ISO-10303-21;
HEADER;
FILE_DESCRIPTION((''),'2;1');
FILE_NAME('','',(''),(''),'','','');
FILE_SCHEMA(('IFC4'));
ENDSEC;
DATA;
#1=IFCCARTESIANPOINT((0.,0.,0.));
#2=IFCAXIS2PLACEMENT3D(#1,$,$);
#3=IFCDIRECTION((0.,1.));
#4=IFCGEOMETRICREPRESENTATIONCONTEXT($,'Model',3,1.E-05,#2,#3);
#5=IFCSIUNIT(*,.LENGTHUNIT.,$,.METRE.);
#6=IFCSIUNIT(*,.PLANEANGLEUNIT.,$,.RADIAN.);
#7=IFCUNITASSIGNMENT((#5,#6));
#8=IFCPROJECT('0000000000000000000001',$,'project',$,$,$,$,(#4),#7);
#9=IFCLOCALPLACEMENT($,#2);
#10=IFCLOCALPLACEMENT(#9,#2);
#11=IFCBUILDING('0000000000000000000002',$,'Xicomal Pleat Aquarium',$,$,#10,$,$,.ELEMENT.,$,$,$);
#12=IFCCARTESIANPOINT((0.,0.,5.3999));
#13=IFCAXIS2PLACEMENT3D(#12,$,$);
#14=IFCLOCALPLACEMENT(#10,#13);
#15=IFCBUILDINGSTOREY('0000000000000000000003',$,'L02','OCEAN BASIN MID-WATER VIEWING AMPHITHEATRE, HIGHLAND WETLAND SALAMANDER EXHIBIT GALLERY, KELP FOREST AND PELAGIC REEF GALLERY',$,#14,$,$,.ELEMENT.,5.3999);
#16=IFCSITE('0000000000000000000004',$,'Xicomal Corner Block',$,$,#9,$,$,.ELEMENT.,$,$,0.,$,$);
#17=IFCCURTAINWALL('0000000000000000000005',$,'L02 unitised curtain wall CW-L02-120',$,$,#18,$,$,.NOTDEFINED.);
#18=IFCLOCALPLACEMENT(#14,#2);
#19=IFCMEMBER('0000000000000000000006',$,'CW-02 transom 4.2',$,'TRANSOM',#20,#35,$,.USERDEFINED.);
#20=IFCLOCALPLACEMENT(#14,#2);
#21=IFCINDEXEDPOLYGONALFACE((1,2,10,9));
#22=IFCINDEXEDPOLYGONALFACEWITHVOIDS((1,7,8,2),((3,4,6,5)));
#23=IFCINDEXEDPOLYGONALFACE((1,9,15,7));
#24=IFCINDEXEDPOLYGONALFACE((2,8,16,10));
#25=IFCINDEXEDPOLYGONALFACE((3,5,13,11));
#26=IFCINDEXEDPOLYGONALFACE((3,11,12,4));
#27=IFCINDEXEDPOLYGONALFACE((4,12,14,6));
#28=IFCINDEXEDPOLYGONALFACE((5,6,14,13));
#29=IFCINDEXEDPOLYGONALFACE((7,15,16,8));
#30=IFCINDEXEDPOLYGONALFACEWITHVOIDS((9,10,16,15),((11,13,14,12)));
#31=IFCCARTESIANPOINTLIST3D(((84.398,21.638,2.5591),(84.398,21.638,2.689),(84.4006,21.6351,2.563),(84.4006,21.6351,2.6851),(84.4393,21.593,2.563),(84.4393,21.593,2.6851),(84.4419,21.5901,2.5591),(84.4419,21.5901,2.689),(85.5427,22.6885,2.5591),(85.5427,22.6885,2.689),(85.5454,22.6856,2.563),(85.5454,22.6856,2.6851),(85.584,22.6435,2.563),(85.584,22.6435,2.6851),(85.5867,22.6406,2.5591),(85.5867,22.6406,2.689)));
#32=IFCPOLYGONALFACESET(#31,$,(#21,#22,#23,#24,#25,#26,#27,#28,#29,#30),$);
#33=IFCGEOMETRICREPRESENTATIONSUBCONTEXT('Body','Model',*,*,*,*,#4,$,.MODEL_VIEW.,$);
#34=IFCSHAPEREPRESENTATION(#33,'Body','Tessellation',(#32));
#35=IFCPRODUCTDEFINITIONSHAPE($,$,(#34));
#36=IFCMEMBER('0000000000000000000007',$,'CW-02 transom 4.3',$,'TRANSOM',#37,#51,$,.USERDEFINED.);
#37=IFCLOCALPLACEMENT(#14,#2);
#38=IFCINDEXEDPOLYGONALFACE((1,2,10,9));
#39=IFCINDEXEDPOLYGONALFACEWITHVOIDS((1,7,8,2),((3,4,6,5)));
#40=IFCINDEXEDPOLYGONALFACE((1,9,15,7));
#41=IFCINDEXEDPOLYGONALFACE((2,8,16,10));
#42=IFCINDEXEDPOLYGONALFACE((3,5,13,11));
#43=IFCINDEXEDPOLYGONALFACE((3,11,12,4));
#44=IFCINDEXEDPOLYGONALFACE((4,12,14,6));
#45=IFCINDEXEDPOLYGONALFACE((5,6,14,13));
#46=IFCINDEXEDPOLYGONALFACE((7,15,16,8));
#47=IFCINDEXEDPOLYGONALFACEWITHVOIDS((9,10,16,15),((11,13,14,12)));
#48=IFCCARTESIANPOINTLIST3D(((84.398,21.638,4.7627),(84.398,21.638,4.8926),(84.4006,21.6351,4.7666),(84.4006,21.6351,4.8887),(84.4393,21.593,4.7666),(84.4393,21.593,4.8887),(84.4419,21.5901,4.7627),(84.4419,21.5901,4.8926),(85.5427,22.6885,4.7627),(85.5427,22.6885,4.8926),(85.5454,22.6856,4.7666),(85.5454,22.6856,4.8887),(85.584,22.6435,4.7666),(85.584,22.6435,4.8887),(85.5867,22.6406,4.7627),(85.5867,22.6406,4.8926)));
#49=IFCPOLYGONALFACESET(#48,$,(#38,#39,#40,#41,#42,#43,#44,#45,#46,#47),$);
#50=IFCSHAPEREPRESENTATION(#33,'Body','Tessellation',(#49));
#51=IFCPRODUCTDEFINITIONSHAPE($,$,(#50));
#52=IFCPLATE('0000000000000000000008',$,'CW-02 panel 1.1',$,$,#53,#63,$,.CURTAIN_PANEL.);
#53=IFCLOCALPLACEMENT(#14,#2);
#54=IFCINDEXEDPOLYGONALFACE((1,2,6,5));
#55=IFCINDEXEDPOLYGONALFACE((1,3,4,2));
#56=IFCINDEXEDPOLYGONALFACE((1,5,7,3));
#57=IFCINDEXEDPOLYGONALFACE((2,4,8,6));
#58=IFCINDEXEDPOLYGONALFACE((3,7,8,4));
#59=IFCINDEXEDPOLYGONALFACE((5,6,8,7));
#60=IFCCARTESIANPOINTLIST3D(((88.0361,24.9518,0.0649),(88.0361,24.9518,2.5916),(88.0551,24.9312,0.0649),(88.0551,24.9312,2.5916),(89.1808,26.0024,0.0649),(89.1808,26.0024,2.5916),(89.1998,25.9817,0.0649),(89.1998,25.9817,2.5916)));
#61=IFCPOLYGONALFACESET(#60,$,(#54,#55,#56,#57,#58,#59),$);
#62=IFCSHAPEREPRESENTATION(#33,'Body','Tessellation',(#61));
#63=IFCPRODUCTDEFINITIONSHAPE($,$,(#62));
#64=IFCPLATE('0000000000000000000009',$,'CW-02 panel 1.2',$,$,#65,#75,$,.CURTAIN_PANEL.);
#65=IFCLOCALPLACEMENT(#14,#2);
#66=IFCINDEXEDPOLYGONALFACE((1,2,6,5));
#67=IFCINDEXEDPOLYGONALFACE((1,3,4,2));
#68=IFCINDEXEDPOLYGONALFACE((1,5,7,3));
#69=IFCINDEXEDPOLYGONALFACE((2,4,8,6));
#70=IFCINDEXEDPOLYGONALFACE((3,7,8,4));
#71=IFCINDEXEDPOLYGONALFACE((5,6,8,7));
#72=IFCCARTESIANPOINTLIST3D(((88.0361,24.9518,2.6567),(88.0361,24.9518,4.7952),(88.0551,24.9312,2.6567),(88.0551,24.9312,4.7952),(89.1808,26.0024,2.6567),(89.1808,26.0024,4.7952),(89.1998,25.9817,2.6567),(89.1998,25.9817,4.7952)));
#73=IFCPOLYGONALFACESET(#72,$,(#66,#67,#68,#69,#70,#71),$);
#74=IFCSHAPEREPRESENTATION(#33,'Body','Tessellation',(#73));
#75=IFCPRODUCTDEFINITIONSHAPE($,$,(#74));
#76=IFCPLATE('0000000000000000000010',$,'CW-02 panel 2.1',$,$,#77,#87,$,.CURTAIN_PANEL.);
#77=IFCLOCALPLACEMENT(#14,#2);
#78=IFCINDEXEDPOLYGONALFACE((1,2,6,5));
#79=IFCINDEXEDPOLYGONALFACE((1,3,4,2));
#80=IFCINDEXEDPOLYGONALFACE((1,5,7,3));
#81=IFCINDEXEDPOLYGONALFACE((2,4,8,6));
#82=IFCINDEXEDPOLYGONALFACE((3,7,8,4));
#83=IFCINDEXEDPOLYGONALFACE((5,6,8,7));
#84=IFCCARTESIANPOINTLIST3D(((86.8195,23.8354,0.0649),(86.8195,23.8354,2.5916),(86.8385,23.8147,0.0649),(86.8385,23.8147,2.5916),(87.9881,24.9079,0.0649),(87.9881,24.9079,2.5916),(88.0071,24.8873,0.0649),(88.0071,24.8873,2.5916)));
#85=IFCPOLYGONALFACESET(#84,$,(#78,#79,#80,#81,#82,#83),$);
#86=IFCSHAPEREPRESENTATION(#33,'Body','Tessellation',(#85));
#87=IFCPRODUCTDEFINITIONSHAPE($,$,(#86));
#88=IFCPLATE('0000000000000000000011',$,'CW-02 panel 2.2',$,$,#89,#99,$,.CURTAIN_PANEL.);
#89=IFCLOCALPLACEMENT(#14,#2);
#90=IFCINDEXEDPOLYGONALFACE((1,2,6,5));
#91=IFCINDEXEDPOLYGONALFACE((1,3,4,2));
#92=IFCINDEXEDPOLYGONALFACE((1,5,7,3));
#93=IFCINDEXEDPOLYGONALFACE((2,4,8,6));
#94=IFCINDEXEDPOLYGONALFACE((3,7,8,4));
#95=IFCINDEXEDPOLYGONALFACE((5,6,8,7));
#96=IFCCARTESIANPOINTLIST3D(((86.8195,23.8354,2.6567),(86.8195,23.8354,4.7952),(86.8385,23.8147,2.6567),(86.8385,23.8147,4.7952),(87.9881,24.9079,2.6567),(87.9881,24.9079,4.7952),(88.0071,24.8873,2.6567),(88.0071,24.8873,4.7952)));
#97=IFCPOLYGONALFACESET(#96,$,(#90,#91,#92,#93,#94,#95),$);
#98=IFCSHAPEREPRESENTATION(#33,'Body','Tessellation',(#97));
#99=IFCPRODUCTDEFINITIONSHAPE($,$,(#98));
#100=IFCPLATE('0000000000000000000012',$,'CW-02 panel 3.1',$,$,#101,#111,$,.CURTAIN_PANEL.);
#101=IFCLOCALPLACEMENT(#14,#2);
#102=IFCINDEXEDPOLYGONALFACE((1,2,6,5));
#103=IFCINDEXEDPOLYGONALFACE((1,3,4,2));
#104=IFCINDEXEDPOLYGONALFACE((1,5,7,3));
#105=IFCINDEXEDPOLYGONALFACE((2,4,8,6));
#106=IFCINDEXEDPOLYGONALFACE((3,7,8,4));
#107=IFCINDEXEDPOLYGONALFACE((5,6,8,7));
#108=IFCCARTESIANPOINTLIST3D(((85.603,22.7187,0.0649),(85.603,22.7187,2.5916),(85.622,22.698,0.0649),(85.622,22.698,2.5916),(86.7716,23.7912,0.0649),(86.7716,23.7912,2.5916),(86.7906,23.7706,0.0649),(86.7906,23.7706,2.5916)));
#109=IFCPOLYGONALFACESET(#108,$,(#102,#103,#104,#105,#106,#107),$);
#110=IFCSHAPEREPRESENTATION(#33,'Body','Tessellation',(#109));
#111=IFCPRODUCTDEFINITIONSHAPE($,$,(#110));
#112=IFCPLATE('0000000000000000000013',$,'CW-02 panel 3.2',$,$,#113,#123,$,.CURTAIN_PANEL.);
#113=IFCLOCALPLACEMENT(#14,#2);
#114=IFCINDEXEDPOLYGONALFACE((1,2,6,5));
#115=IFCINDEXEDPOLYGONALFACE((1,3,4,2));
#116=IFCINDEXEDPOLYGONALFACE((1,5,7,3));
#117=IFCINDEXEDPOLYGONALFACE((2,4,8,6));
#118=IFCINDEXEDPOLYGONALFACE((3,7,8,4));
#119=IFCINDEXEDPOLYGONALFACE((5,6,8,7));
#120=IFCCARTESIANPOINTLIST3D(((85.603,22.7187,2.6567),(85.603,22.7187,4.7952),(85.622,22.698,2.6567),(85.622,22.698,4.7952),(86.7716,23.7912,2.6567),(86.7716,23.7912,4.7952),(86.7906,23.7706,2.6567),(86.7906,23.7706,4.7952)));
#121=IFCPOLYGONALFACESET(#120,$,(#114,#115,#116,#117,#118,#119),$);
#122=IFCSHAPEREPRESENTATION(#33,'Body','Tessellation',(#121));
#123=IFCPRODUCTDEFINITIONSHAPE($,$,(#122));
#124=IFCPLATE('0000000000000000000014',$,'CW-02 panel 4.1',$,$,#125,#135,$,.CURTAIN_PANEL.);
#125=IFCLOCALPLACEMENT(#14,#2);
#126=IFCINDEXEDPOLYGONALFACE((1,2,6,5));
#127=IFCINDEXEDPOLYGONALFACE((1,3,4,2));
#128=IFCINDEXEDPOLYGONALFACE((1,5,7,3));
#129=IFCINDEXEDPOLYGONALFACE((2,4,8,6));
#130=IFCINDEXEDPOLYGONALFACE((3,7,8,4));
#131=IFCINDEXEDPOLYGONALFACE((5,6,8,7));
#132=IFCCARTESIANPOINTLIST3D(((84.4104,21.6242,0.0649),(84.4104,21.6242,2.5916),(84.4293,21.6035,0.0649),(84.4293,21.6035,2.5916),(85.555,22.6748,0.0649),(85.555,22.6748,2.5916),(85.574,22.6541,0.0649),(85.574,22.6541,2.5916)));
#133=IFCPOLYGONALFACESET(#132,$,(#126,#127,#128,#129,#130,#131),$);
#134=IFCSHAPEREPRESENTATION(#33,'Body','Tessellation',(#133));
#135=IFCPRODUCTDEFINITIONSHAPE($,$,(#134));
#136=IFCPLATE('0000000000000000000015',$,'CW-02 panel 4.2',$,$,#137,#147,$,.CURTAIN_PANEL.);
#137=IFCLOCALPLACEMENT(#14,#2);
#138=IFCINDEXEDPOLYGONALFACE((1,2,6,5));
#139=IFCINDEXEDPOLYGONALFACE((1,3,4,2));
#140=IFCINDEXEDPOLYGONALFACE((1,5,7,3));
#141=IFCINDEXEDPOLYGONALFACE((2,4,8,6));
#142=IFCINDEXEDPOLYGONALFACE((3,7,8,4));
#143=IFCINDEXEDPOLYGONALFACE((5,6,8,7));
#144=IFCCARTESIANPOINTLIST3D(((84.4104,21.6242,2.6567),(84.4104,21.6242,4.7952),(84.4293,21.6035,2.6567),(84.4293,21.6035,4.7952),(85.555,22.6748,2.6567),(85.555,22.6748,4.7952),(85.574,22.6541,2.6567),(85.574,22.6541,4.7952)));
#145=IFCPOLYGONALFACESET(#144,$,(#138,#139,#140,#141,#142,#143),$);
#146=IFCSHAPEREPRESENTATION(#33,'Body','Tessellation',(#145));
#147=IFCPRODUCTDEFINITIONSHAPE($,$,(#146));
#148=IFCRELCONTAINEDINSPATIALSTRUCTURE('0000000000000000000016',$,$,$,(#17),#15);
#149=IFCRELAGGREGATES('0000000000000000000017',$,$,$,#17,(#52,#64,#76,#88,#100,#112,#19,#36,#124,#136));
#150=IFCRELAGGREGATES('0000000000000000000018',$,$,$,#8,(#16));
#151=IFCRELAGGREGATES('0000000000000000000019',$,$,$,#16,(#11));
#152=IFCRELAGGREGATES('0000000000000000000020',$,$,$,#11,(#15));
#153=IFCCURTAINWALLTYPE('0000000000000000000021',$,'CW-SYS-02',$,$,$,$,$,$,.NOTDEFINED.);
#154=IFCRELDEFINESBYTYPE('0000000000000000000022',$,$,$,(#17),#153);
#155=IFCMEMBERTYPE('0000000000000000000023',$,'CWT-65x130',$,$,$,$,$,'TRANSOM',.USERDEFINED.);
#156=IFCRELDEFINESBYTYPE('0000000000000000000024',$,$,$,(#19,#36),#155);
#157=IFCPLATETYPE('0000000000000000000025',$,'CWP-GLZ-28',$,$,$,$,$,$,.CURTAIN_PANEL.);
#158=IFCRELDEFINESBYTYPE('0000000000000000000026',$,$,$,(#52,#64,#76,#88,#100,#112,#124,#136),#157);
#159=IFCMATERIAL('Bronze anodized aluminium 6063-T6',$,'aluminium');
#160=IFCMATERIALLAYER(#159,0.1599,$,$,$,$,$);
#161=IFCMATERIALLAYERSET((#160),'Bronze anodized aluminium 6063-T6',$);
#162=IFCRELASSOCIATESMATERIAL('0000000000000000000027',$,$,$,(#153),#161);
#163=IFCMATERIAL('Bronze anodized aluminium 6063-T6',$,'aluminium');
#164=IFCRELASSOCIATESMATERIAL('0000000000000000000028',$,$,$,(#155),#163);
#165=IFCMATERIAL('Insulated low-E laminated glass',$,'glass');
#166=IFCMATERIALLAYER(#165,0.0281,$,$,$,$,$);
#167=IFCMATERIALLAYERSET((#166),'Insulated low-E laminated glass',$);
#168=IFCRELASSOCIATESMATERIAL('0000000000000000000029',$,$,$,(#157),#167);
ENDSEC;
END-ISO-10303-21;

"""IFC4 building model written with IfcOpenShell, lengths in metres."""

from ifc_helpers import new_model, si_unit, direction, frame, origin, origin_2d, place, context, subcontext, project, spatial, rectangle, hollow_rectangle, extrude, material, layer, layer_set, material_profile, profile_set, type_object, element, aggregate, save


model = new_model("IFC4")

# Units and contexts
model_context = context("Model", 3, precision=1e-05, world=origin(), true_north=direction((0.0, 1.0)))
body_context = subcontext(model_context, "Body", "Model", "MODEL_VIEW")
ifc_project = project(units=[si_unit("LENGTHUNIT", "METRE"), si_unit("PLANEANGLEUNIT", "RADIAN")], contexts=[model_context])

# Site, building, storey
site_placement = place(None, origin())
site = spatial("IfcSite", under=ifc_project, at=site_placement, Name="Xicomal Corner Block", CompositionType="ELEMENT", RefElevation=0.0)
building_placement = place(site_placement, origin())
building = spatial("IfcBuilding", under=site, at=building_placement, Name="Xicomal Pleat Aquarium", CompositionType="ELEMENT")
storey_placement = place(building_placement, frame((0.0, 0.0, 5.3999)))
storey = spatial("IfcBuildingStorey", under=building, at=storey_placement, Name="L02", Description="OCEAN BASIN MID-WATER VIEWING AMPHITHEATRE, HIGHLAND WETLAND SALAMANDER EXHIBIT GALLERY, KELP FOREST AND PELAGIC REEF GALLERY", CompositionType="ELEMENT", Elevation=5.3999)

# Curtain wall, members, plates
ifc_material_1 = material(Name="Bronze anodized aluminium 6063-T6", Category="aluminium")
ifc_layer_1 = layer(ifc_material_1, 0.1599)
ifc_layer_set_1 = layer_set([ifc_layer_1], Name="Bronze anodized aluminium 6063-T6")
curtain_wall_type = type_object("IfcCurtainWallType", Name="CW-SYS-02", PredefinedType="NOTDEFINED", material=ifc_layer_set_1)
curtain_wall_placement = place(storey_placement, origin())
curtain_wall = element("IfcCurtainWall", 1, at=curtain_wall_placement, inside=storey, type_object=curtain_wall_type, Name="L02 unitised curtain wall CW-L02-120", PredefinedType="NOTDEFINED")
ifc_material_2 = material(Name="Bronze anodized aluminium 6063-T6", Category="aluminium")
ifc_material_profile_1 = material_profile(ifc_material_2, hollow_rectangle(XDim=0.0649, YDim=0.1299, WallThickness=0.0039, at=origin_2d()), Name="ALU TRAN 65x130")
ifc_profile_set_1 = profile_set([ifc_material_profile_1], Name="Bronze anodized aluminium 6063-T6")
member_type_1 = type_object("IfcMemberType", Name="CWT-65x130", ElementType="TRANSOM", PredefinedType="USERDEFINED", material=ifc_profile_set_1)
member_1_placement = place(storey_placement, frame((85.5647, 22.6646, 2.624), z_axis=(-0.736782, -0.67613, 0.0), x_axis=(0.67613, -0.736782, 0.0)))
member_1 = element("IfcMember", 2, at=member_1_placement, type_object=member_type_1, Name="CW-02 transom 4.2", ObjectType="TRANSOM", PredefinedType="USERDEFINED", context=body_context, shape_type="SweptSolid", body=[
    extrude(hollow_rectangle(XDim=0.0649, YDim=0.1299, WallThickness=0.0039, at=origin_2d()), origin(), (0.0, 0.0, 1.0), 1.5537),
])
member_2_placement = place(storey_placement, frame((85.5647, 22.6646, 4.8276), z_axis=(-0.736782, -0.67613, 0.0), x_axis=(0.67613, -0.736782, 0.0)))
member_2 = element("IfcMember", 3, at=member_2_placement, type_object=member_type_1, Name="CW-02 transom 4.3", ObjectType="TRANSOM", PredefinedType="USERDEFINED", context=body_context, shape_type="SweptSolid", body=[
    extrude(hollow_rectangle(XDim=0.0649, YDim=0.1299, WallThickness=0.0039, at=origin_2d()), origin(), (0.0, 0.0, 1.0), 1.5537),
])
ifc_material_3 = material(Name="Insulated low-E laminated glass", Category="glass")
ifc_layer_2 = layer(ifc_material_3, 0.0281)
ifc_layer_set_2 = layer_set([ifc_layer_2], Name="Insulated low-E laminated glass")
plate_type = type_object("IfcPlateType", Name="CWP-GLZ-28", PredefinedType="CURTAIN_PANEL", material=ifc_layer_set_2)
plate_1_placement = place(storey_placement, frame((88.6179, 25.4668, 0.0649), z_axis=(0.0, 0.0, 1.0), x_axis=(-0.736739, -0.676177, 0.0)))
plate_1 = element("IfcPlate", 4, at=plate_1_placement, type_object=plate_type, Name="CW-02 panel 1.1", PredefinedType="CURTAIN_PANEL", context=body_context, shape_type="SweptSolid", body=[
    extrude(rectangle(XDim=1.5537, YDim=0.0281, at=origin_2d()), origin(), (0.0, 0.0, 1.0), 2.5266),
])
plate_2_placement = place(storey_placement, frame((88.6179, 25.4668, 2.6567), z_axis=(0.0, 0.0, 1.0), x_axis=(-0.736739, -0.676177, 0.0)))
plate_2 = element("IfcPlate", 5, at=plate_2_placement, type_object=plate_type, Name="CW-02 panel 1.2", PredefinedType="CURTAIN_PANEL", context=body_context, shape_type="SweptSolid", body=[
    extrude(rectangle(XDim=1.5537, YDim=0.0281, at=origin_2d()), origin(), (0.0, 0.0, 1.0), 2.1384),
])
plate_3_placement = place(storey_placement, frame((87.4133, 24.3613, 0.0649), z_axis=(0.0, 0.0, 1.0), x_axis=(-0.736739, -0.676177, 0.0)))
plate_3 = element("IfcPlate", 6, at=plate_3_placement, type_object=plate_type, Name="CW-02 panel 2.1", PredefinedType="CURTAIN_PANEL", context=body_context, shape_type="SweptSolid", body=[
    extrude(rectangle(XDim=1.5862, YDim=0.0281, at=origin_2d()), origin(), (0.0, 0.0, 1.0), 2.5266),
])
plate_4_placement = place(storey_placement, frame((87.4133, 24.3613, 2.6567), z_axis=(0.0, 0.0, 1.0), x_axis=(-0.736739, -0.676177, 0.0)))
plate_4 = element("IfcPlate", 7, at=plate_4_placement, type_object=plate_type, Name="CW-02 panel 2.2", PredefinedType="CURTAIN_PANEL", context=body_context, shape_type="SweptSolid", body=[
    extrude(rectangle(XDim=1.5862, YDim=0.0281, at=origin_2d()), origin(), (0.0, 0.0, 1.0), 2.1384),
])
plate_5_placement = place(storey_placement, frame((86.1968, 23.2446, 0.0649), z_axis=(0.0, 0.0, 1.0), x_axis=(-0.736739, -0.676177, 0.0)))
plate_5 = element("IfcPlate", 8, at=plate_5_placement, type_object=plate_type, Name="CW-02 panel 3.1", PredefinedType="CURTAIN_PANEL", context=body_context, shape_type="SweptSolid", body=[
    extrude(rectangle(XDim=1.5862, YDim=0.0281, at=origin_2d()), origin(), (0.0, 0.0, 1.0), 2.5266),
])
plate_6_placement = place(storey_placement, frame((86.1968, 23.2446, 2.6567), z_axis=(0.0, 0.0, 1.0), x_axis=(-0.736739, -0.676177, 0.0)))
plate_6 = element("IfcPlate", 9, at=plate_6_placement, type_object=plate_type, Name="CW-02 panel 3.2", PredefinedType="CURTAIN_PANEL", context=body_context, shape_type="SweptSolid", body=[
    extrude(rectangle(XDim=1.5862, YDim=0.0281, at=origin_2d()), origin(), (0.0, 0.0, 1.0), 2.1384),
])
plate_7_placement = place(storey_placement, frame((84.9922, 22.1392, 0.0649), z_axis=(0.0, 0.0, 1.0), x_axis=(-0.736739, -0.676177, 0.0)))
plate_7 = element("IfcPlate", 10, at=plate_7_placement, type_object=plate_type, Name="CW-02 panel 4.1", PredefinedType="CURTAIN_PANEL", context=body_context, shape_type="SweptSolid", body=[
    extrude(rectangle(XDim=1.5537, YDim=0.0281, at=origin_2d()), origin(), (0.0, 0.0, 1.0), 2.5266),
])
plate_8_placement = place(storey_placement, frame((84.9922, 22.1392, 2.6567), z_axis=(0.0, 0.0, 1.0), x_axis=(-0.736739, -0.676177, 0.0)))
plate_8 = element("IfcPlate", 11, at=plate_8_placement, type_object=plate_type, Name="CW-02 panel 4.2", PredefinedType="CURTAIN_PANEL", context=body_context, shape_type="SweptSolid", body=[
    extrude(rectangle(XDim=1.5537, YDim=0.0281, at=origin_2d()), origin(), (0.0, 0.0, 1.0), 2.1384),
])
aggregate(curtain_wall, [plate_1, plate_2, plate_3, plate_4, plate_5, plate_6, member_1, member_2, plate_7, plate_8])

save(model, "model.ifc")
